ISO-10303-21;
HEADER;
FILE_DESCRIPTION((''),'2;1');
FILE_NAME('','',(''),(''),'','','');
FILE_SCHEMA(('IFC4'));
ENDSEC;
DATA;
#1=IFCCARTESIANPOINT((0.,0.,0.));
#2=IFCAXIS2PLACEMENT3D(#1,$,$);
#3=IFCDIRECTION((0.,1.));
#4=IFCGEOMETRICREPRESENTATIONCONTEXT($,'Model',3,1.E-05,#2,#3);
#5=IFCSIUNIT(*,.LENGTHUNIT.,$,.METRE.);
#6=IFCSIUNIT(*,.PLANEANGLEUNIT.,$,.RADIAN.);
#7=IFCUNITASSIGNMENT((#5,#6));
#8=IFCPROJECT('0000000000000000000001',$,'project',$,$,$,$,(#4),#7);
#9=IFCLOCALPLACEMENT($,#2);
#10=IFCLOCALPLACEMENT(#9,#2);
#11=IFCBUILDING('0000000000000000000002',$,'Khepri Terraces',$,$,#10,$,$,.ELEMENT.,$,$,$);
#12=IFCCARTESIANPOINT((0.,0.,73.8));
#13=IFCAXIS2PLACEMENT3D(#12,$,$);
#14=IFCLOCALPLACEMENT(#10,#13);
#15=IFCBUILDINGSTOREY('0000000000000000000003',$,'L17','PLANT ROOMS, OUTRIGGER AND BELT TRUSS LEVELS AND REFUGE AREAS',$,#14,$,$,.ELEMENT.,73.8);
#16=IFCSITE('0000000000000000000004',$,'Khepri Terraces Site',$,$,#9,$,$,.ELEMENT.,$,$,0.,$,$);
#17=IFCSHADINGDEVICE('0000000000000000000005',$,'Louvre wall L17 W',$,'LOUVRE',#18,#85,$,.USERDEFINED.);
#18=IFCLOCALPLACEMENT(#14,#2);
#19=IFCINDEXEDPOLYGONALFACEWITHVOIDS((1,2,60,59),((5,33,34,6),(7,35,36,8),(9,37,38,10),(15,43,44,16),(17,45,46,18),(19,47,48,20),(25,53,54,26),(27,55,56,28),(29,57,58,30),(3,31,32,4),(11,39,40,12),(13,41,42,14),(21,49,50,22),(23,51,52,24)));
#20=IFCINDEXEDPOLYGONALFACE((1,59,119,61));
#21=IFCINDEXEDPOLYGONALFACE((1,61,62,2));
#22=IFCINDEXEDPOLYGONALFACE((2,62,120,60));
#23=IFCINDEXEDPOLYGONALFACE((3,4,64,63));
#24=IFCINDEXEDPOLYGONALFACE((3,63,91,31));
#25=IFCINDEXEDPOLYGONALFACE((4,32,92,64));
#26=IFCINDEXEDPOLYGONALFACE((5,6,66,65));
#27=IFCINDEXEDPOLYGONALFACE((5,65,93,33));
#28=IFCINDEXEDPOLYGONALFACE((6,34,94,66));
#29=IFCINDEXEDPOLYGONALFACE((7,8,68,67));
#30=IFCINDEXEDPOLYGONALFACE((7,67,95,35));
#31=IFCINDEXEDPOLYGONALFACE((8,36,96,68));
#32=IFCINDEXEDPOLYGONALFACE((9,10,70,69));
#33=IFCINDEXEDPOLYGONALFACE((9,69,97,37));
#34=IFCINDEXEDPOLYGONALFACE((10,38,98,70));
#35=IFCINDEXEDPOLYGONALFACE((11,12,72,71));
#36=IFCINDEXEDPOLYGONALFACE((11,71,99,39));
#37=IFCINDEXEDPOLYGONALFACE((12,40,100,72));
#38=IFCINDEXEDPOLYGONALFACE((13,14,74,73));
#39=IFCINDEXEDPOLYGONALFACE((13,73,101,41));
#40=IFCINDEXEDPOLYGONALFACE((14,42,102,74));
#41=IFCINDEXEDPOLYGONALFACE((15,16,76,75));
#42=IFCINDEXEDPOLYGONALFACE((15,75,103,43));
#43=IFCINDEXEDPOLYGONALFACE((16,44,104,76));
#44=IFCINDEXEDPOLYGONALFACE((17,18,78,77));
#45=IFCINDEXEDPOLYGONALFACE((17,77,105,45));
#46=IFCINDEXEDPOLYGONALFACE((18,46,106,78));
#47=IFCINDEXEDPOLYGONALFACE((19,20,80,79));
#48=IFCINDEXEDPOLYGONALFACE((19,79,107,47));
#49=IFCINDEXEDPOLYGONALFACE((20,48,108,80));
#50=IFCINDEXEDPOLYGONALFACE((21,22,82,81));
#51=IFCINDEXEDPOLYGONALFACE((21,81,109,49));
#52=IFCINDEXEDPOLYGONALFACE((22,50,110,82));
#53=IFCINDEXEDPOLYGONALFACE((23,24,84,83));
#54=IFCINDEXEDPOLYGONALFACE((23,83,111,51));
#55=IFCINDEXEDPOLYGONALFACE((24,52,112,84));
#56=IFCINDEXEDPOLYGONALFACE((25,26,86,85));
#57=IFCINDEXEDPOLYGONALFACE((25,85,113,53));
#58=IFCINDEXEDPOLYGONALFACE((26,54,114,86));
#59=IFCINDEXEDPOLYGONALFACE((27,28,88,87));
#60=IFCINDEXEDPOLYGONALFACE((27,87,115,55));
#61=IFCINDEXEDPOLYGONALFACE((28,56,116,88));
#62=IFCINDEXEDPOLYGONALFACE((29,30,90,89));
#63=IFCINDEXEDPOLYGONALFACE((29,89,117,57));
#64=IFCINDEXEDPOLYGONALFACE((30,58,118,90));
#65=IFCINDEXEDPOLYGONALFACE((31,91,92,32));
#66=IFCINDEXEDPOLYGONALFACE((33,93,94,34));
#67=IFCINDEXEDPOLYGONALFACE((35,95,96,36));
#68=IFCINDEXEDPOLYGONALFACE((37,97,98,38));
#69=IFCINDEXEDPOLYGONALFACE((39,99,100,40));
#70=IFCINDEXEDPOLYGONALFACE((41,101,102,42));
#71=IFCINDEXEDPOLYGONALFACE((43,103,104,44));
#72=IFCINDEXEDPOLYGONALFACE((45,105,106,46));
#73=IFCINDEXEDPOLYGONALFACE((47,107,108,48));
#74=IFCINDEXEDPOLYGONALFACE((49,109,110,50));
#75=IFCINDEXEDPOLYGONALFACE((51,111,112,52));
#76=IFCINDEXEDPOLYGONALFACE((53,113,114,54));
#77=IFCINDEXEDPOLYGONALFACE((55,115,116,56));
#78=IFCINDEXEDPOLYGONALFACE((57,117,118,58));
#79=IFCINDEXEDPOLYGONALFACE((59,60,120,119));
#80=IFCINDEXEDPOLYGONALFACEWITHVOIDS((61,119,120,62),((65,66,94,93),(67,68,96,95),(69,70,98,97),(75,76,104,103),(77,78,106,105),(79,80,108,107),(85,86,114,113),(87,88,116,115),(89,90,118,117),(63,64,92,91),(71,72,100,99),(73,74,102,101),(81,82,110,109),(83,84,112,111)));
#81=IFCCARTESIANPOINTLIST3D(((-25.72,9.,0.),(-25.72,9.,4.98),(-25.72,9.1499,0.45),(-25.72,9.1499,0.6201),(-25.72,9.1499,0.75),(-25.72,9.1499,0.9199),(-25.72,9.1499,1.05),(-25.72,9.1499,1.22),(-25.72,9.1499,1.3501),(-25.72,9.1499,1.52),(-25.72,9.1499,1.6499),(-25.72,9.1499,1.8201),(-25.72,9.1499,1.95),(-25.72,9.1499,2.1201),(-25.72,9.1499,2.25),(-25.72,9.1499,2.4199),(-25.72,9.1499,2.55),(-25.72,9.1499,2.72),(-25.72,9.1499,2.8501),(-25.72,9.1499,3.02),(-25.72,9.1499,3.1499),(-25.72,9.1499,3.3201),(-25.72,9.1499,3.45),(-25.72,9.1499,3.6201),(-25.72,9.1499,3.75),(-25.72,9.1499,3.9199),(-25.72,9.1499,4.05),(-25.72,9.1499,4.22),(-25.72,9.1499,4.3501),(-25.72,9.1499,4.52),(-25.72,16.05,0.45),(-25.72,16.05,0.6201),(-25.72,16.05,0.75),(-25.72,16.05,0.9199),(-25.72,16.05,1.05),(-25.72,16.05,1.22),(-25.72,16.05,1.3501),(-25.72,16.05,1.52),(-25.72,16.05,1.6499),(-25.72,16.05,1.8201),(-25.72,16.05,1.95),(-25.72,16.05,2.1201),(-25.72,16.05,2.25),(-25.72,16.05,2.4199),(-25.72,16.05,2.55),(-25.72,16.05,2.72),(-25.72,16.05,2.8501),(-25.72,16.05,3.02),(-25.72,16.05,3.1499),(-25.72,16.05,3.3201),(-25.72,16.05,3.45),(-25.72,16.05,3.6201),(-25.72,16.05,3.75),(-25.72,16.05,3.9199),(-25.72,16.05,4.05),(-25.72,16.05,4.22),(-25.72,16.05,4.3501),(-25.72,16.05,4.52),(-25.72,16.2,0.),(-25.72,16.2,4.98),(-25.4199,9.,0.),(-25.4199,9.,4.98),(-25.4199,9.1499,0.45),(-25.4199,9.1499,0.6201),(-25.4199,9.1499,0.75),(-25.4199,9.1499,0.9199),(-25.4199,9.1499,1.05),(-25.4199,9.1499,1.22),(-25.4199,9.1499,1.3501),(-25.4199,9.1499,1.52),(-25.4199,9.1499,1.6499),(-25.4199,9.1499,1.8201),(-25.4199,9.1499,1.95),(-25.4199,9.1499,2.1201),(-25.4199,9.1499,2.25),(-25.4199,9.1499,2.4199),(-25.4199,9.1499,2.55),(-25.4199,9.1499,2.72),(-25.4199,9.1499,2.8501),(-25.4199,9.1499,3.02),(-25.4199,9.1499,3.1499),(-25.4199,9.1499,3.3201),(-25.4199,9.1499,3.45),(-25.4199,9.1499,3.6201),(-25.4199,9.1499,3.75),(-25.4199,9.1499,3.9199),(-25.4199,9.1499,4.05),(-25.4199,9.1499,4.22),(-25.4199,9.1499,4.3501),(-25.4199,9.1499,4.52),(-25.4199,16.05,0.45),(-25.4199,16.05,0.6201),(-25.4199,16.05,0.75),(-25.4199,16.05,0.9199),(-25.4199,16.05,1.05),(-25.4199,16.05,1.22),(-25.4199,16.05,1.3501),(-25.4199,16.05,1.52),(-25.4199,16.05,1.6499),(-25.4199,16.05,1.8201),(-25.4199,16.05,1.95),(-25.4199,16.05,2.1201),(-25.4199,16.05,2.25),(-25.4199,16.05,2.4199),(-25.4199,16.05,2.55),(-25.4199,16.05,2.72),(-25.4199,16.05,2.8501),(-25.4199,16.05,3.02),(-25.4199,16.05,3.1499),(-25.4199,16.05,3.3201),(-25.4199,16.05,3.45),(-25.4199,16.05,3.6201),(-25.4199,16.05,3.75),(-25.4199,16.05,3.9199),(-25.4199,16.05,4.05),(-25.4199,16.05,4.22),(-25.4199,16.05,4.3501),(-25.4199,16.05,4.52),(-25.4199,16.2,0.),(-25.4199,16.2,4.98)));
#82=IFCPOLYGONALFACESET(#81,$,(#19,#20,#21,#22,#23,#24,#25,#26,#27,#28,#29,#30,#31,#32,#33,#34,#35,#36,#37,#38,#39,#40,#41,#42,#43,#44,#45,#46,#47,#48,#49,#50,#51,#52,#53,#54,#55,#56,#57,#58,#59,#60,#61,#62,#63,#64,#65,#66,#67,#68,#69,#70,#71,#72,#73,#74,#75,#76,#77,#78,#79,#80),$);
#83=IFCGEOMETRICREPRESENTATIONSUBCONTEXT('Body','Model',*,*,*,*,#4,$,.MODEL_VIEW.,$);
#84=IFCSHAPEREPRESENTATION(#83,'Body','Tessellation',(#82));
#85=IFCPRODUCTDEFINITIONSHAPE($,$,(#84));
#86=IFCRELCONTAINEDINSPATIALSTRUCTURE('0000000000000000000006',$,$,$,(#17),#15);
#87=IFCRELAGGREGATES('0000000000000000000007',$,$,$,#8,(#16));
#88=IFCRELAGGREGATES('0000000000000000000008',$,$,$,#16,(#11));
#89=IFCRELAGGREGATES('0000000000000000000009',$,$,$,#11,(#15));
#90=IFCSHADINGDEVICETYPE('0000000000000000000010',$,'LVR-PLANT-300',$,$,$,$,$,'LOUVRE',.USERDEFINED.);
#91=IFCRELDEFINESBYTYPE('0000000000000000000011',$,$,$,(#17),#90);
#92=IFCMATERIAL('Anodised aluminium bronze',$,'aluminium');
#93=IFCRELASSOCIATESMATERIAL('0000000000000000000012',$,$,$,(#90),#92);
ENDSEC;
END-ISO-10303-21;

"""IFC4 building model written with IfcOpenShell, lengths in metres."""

from ifc_helpers import new_model, si_unit, direction, frame, origin, place, context, subcontext, project, spatial, polyline, outline, extrude, material, type_object, element, save


model = new_model("IFC4")

# Units and contexts
model_context = context("Model", 3, precision=1e-05, world=origin(), true_north=direction((0.0, 1.0)))
body_context = subcontext(model_context, "Body", "Model", "MODEL_VIEW")
ifc_project = project(units=[si_unit("LENGTHUNIT", "METRE"), si_unit("PLANEANGLEUNIT", "RADIAN")], contexts=[model_context])

# Site, building, storey
site_placement = place(None, origin())
site = spatial("IfcSite", under=ifc_project, at=site_placement, Name="Khepri Terraces Site", CompositionType="ELEMENT", RefElevation=0.0)
building_placement = place(site_placement, origin())
building = spatial("IfcBuilding", under=site, at=building_placement, Name="Khepri Terraces", CompositionType="ELEMENT")
storey_placement = place(building_placement, frame((0.0, 0.0, 73.8)))
storey = spatial("IfcBuildingStorey", under=building, at=storey_placement, Name="L17", Description="PLANT ROOMS, OUTRIGGER AND BELT TRUSS LEVELS AND REFUGE AREAS", CompositionType="ELEMENT", Elevation=73.8)

# Shading device
ifc_material_1 = material(Name="Anodised aluminium bronze", Category="aluminium")
shading_device_type = type_object("IfcShadingDeviceType", Name="LVR-PLANT-300", ElementType="LOUVRE", PredefinedType="USERDEFINED", material=ifc_material_1)
shading_device_1_placement = place(storey_placement, frame((-25.4199, 16.2, 0.0), z_axis=(-1.0, 0.0, 0.0), x_axis=(0.0, -1.0, 0.0)))
element("IfcShadingDevice", 1, at=shading_device_1_placement, inside=storey, type_object=shading_device_type, Name="Louvre wall L17 W", ObjectType="LOUVRE", PredefinedType="USERDEFINED", context=body_context, shape_type="SweptSolid", body=[
    extrude(outline(polyline([(0.0, 0.0), (7.2, 0.0), (7.2, 4.98), (0.0, 4.98), (0.0, 0.0)]), holes=[polyline([(0.1499, 0.45), (7.05, 0.45), (7.05, 0.6201), (0.1499, 0.6201), (0.1499, 0.45)]), polyline([(0.1499, 0.75), (7.05, 0.75), (7.05, 0.9199), (0.1499, 0.9199), (0.1499, 0.75)]), polyline([(0.1499, 1.05), (7.05, 1.05), (7.05, 1.22), (0.1499, 1.22), (0.1499, 1.05)]), polyline([(0.1499, 1.3501), (7.05, 1.3501), (7.05, 1.52), (0.1499, 1.52), (0.1499, 1.3501)]), polyline([(0.1499, 1.6499), (7.05, 1.6499), (7.05, 1.8201), (0.1499, 1.8201), (0.1499, 1.6499)]), polyline([(0.1499, 1.95), (7.05, 1.95), (7.05, 2.1201), (0.1499, 2.1201), (0.1499, 1.95)]), polyline([(0.1499, 2.25), (7.05, 2.25), (7.05, 2.4199), (0.1499, 2.4199), (0.1499, 2.25)]), polyline([(0.1499, 2.55), (7.05, 2.55), (7.05, 2.72), (0.1499, 2.72), (0.1499, 2.55)]), polyline([(0.1499, 2.8501), (7.05, 2.8501), (7.05, 3.02), (0.1499, 3.02), (0.1499, 2.8501)]), polyline([(0.1499, 3.1499), (7.05, 3.1499), (7.05, 3.3201), (0.1499, 3.3201), (0.1499, 3.1499)]), polyline([(0.1499, 3.45), (7.05, 3.45), (7.05, 3.6201), (0.1499, 3.6201), (0.1499, 3.45)]), polyline([(0.1499, 3.75), (7.05, 3.75), (7.05, 3.9199), (0.1499, 3.9199), (0.1499, 3.75)]), polyline([(0.1499, 4.05), (7.05, 4.05), (7.05, 4.22), (0.1499, 4.22), (0.1499, 4.05)]), polyline([(0.1499, 4.3501), (7.05, 4.3501), (7.05, 4.52), (0.1499, 4.52), (0.1499, 4.3501)])]), origin(), (0.0, 0.0, 1.0), 0.3),
])

save(model, "model.ifc")
